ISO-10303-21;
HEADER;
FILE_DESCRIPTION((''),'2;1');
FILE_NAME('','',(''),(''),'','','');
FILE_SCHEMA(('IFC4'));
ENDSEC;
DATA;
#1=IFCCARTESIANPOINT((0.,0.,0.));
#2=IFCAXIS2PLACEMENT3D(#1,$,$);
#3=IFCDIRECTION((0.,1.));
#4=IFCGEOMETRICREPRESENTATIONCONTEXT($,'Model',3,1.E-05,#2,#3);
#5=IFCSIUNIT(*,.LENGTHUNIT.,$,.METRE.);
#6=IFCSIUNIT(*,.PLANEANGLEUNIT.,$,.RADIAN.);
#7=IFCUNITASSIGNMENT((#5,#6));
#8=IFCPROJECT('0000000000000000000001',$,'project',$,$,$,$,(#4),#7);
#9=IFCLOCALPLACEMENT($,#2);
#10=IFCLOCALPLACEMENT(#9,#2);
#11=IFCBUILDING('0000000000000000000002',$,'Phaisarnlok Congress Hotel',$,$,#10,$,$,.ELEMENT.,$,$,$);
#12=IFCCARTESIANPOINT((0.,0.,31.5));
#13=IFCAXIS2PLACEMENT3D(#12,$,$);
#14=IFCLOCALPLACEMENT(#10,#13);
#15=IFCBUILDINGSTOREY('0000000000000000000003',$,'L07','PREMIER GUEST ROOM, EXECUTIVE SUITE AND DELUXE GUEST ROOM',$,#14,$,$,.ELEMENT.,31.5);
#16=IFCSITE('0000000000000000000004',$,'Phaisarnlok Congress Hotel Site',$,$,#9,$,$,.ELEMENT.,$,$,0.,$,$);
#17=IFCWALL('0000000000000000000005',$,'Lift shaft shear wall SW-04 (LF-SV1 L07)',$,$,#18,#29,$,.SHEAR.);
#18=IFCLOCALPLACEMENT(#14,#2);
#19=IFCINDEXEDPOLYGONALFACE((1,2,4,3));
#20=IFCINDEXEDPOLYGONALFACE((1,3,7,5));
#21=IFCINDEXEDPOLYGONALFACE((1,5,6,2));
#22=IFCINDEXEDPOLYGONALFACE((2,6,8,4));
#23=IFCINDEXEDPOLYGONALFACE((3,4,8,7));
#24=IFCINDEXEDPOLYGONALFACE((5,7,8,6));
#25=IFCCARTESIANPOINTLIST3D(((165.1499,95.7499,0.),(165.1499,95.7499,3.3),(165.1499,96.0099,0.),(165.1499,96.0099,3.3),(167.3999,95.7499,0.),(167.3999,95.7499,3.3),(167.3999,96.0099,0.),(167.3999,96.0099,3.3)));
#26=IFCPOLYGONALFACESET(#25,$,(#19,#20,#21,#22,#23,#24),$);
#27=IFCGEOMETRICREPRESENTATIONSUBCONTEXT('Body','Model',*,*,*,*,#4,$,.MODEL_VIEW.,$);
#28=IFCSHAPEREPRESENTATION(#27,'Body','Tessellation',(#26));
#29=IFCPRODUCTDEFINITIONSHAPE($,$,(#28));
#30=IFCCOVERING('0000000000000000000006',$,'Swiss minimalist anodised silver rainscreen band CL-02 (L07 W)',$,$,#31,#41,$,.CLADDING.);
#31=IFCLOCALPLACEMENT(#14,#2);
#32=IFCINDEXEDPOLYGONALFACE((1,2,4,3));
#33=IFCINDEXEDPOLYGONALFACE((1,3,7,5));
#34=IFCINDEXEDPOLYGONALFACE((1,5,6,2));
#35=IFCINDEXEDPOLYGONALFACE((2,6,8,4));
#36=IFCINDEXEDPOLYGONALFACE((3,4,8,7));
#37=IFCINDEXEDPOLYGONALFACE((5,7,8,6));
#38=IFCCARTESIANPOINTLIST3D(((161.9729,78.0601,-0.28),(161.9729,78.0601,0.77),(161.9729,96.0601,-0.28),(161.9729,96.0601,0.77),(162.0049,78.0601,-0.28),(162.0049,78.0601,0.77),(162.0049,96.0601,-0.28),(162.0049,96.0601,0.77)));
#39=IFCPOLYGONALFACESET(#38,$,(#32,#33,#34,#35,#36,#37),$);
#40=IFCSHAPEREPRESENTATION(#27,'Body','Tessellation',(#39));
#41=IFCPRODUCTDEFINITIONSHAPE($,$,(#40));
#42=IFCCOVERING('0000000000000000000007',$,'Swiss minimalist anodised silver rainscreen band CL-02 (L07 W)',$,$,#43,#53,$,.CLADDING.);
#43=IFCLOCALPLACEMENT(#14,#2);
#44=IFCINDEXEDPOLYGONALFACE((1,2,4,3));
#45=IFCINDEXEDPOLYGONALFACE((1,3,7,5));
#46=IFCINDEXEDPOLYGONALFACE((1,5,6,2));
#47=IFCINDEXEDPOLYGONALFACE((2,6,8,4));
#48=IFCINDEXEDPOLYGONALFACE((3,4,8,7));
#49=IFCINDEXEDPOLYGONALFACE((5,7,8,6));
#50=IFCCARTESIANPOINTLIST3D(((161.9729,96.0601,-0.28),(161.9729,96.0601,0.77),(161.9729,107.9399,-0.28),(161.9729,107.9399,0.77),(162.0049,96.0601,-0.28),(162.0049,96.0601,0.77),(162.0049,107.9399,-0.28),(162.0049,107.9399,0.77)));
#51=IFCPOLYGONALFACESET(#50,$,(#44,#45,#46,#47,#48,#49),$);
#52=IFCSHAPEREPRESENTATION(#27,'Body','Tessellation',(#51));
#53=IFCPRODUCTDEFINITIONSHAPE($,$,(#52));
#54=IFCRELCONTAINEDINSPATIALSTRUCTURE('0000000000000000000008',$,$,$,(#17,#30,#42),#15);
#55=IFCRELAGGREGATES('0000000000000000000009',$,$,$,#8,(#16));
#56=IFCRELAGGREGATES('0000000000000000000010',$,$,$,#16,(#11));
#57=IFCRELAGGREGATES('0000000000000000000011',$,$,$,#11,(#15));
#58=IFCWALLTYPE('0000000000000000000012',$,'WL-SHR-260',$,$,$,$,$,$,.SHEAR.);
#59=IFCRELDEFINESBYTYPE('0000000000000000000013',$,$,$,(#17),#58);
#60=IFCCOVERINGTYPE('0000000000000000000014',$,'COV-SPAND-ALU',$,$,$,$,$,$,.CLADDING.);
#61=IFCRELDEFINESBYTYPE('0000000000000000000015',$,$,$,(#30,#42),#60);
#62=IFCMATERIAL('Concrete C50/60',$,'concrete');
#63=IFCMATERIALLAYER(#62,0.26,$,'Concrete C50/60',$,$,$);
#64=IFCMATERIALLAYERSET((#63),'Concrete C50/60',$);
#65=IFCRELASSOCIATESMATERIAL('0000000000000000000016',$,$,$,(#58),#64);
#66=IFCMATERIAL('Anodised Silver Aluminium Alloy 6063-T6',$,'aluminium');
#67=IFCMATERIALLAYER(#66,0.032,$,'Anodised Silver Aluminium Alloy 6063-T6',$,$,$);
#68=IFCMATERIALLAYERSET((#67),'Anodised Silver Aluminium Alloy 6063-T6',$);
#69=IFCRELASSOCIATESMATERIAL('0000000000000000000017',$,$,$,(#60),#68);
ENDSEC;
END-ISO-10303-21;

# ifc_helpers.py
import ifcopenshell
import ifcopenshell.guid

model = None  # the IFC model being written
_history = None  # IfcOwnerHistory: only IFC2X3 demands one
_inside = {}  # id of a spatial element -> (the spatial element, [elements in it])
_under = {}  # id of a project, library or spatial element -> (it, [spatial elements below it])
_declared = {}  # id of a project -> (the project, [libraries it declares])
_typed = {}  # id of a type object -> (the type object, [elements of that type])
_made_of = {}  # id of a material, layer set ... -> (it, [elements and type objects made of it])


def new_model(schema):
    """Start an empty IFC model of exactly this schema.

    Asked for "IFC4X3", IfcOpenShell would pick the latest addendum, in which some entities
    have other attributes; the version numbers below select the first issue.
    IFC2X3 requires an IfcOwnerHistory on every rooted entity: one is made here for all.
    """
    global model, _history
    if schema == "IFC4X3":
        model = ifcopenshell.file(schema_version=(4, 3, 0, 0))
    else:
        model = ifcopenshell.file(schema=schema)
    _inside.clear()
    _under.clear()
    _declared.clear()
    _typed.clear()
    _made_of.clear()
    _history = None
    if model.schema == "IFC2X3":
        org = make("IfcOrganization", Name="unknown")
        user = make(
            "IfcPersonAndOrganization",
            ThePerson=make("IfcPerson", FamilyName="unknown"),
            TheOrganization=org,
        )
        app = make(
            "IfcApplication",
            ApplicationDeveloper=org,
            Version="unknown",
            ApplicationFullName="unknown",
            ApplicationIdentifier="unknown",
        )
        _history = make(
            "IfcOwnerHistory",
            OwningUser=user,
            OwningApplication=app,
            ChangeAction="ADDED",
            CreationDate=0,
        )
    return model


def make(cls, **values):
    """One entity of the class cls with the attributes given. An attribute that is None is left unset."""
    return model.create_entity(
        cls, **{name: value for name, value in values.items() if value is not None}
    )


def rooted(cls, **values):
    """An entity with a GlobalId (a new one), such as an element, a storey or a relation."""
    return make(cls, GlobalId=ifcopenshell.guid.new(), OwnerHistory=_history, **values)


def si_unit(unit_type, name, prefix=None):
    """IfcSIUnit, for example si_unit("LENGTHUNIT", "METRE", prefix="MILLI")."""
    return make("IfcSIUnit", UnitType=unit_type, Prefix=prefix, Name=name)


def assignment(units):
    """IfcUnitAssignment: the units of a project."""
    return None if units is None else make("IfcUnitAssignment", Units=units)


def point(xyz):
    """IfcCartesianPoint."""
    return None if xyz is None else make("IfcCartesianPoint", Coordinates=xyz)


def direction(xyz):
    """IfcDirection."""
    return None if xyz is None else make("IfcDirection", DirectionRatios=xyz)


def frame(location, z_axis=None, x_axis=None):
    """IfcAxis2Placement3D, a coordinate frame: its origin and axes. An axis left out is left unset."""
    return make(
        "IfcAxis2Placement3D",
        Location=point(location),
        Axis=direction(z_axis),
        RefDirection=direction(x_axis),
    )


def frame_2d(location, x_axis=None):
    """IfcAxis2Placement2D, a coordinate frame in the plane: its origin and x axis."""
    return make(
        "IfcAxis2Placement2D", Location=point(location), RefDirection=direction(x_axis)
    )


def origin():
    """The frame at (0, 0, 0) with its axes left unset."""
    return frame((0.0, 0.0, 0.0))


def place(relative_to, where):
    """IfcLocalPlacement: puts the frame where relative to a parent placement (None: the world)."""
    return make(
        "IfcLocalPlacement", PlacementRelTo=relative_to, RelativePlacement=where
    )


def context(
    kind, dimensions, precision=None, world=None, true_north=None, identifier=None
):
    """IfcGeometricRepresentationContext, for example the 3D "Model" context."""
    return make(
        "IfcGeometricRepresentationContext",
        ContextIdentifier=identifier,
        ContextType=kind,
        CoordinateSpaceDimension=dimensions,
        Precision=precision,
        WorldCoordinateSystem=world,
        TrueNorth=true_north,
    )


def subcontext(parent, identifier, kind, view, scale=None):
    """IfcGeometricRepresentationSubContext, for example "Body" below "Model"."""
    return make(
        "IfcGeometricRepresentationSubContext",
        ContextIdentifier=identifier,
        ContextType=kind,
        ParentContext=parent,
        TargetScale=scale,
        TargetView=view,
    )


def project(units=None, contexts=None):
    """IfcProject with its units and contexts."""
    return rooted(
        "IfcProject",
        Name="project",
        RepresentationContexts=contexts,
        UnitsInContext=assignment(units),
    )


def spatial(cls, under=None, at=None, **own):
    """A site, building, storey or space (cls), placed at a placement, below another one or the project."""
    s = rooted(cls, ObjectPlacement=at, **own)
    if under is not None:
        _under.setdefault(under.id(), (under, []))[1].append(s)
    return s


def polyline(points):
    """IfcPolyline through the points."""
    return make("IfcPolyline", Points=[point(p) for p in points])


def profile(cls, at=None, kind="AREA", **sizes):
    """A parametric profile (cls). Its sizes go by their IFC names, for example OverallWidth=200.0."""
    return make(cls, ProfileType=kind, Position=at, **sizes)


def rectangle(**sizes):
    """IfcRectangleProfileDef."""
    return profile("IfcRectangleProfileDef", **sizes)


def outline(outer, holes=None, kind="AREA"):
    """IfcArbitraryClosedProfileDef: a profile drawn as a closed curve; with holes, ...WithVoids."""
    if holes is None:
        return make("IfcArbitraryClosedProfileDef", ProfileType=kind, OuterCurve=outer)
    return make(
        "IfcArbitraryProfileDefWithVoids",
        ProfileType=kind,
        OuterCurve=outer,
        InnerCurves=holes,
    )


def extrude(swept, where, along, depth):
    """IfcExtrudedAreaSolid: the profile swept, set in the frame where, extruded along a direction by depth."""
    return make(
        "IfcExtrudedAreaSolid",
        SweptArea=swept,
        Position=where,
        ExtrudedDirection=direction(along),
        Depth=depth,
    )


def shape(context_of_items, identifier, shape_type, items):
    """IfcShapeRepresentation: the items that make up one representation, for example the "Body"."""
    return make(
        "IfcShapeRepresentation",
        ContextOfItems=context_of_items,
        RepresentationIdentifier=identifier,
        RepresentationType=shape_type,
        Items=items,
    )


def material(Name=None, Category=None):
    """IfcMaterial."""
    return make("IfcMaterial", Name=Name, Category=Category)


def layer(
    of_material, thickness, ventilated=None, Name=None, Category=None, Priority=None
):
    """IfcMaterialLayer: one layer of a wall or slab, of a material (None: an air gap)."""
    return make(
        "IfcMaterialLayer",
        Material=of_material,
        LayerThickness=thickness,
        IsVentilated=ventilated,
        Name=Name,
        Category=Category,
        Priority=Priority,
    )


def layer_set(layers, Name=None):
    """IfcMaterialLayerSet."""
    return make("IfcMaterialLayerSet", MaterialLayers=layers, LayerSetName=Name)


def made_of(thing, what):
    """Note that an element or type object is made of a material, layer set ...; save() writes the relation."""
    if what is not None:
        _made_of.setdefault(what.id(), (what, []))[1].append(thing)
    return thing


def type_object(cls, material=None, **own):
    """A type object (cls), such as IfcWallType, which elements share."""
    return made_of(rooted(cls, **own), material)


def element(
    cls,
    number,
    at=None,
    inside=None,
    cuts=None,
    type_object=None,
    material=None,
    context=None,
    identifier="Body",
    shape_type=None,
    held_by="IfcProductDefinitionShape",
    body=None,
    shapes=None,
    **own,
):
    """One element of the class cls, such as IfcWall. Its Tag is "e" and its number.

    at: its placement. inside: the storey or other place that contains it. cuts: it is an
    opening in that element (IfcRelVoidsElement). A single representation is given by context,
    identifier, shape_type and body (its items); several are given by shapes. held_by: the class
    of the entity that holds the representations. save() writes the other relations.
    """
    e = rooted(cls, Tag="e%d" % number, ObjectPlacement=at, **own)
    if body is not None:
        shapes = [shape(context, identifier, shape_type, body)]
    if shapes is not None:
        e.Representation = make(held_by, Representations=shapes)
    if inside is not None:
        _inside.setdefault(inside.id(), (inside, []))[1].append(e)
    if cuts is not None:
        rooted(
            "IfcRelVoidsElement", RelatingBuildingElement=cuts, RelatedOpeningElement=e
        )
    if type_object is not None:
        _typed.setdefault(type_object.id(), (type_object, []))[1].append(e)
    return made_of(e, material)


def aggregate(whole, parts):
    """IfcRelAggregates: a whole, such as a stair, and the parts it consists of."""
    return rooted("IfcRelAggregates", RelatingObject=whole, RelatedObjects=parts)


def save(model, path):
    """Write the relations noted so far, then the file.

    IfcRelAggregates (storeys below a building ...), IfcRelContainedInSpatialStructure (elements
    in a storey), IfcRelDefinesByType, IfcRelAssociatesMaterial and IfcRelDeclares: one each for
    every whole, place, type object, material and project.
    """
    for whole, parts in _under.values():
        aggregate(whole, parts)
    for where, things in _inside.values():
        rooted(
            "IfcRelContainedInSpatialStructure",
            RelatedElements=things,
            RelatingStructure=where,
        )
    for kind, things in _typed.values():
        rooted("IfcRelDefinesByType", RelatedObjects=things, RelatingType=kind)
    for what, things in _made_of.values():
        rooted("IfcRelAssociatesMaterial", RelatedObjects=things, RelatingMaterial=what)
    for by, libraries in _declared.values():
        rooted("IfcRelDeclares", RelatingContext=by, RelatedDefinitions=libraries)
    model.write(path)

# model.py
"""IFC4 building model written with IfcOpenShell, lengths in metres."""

from ifc_helpers import new_model, si_unit, direction, frame, frame_2d, origin, place, context, subcontext, project, spatial, polyline, rectangle, outline, extrude, material, layer, layer_set, type_object, element, save


model = new_model("IFC4")

# Units and contexts
model_context = context("Model", 3, precision=1e-05, world=origin(), true_north=direction((0.0, 1.0)))
body_context = subcontext(model_context, "Body", "Model", "MODEL_VIEW")
ifc_project = project(units=[si_unit("LENGTHUNIT", "METRE"), si_unit("PLANEANGLEUNIT", "RADIAN")], contexts=[model_context])

# Site, building, storey
site_placement = place(None, origin())
site = spatial("IfcSite", under=ifc_project, at=site_placement, Name="Phaisarnlok Congress Hotel Site", CompositionType="ELEMENT", RefElevation=0.0)
building_placement = place(site_placement, origin())
building = spatial("IfcBuilding", under=site, at=building_placement, Name="Phaisarnlok Congress Hotel", CompositionType="ELEMENT")
storey_placement = place(building_placement, frame((0.0, 0.0, 31.5)))
storey = spatial("IfcBuildingStorey", under=building, at=storey_placement, Name="L07", Description="PREMIER GUEST ROOM, EXECUTIVE SUITE AND DELUXE GUEST ROOM", CompositionType="ELEMENT", Elevation=31.5)

# Shared definitions
ifc_material_1 = material(Name="Concrete C50/60", Category="concrete")

# Wall
ifc_layer_1 = layer(ifc_material_1, 0.26, Name="Concrete C50/60")
ifc_layer_set_1 = layer_set([ifc_layer_1], Name="Concrete C50/60")
wall_type_1 = type_object("IfcWallType", Name="WL-SHR-260", PredefinedType="SHEAR", material=ifc_layer_set_1)
for number, where, z_axis, x_axis, name in (
    (1, (165.1499, 95.8799, 0.0), (0.0, 0.0, 1.0), (1.0, 0.0, 0.0), "Lift shaft shear wall SW-04 (LF-SV1 L07)"),
):
    element("IfcWall", number, at=place(storey_placement, frame(where, z_axis=z_axis, x_axis=x_axis)), inside=storey, type_object=wall_type_1, Name=name, PredefinedType="SHEAR", context=body_context, shape_type="SweptSolid", body=[
        extrude(rectangle(XDim=2.25, YDim=0.26, at=frame_2d((1.125, 0.0))), origin(), (0.0, 0.0, 1.0), 3.3),
    ])

# Coverings
ifc_material_2 = material(Name="Anodised Silver Aluminium Alloy 6063-T6", Category="aluminium")
ifc_layer_2 = layer(ifc_material_2, 0.032, Name="Anodised Silver Aluminium Alloy 6063-T6")
ifc_layer_set_2 = layer_set([ifc_layer_2], Name="Anodised Silver Aluminium Alloy 6063-T6")
covering_type = type_object("IfcCoveringType", Name="COV-SPAND-ALU", PredefinedType="CLADDING", material=ifc_layer_set_2)
covering_1_placement = place(storey_placement, frame((162.0049, 96.0601, -0.28), z_axis=(-1.0, 0.0, 0.0), x_axis=(0.0, -1.0, 0.0)))
element("IfcCovering", 2, at=covering_1_placement, inside=storey, type_object=covering_type, Name="Swiss minimalist anodised silver rainscreen band CL-02 (L07 W)", PredefinedType="CLADDING", context=body_context, shape_type="SweptSolid", body=[
    extrude(outline(polyline([(0.0, 0.0), (18.0, 0.0), (18.0, 1.05), (0.0, 1.05), (0.0, 0.0)])), origin(), (0.0, 0.0, 1.0), 0.032),
])
covering_2_placement = place(storey_placement, frame((162.0049, 107.9399, -0.28), z_axis=(-1.0, 0.0, 0.0), x_axis=(0.0, -1.0, 0.0)))
element("IfcCovering", 3, at=covering_2_placement, inside=storey, type_object=covering_type, Name="Swiss minimalist anodised silver rainscreen band CL-02 (L07 W)", PredefinedType="CLADDING", context=body_context, shape_type="SweptSolid", body=[
    extrude(outline(polyline([(0.0, 0.0), (11.8799, 0.0), (11.8799, 1.05), (0.0, 1.05), (0.0, 0.0)])), origin(), (0.0, 0.0, 1.0), 0.032),
])

save(model, "model.ifc")
